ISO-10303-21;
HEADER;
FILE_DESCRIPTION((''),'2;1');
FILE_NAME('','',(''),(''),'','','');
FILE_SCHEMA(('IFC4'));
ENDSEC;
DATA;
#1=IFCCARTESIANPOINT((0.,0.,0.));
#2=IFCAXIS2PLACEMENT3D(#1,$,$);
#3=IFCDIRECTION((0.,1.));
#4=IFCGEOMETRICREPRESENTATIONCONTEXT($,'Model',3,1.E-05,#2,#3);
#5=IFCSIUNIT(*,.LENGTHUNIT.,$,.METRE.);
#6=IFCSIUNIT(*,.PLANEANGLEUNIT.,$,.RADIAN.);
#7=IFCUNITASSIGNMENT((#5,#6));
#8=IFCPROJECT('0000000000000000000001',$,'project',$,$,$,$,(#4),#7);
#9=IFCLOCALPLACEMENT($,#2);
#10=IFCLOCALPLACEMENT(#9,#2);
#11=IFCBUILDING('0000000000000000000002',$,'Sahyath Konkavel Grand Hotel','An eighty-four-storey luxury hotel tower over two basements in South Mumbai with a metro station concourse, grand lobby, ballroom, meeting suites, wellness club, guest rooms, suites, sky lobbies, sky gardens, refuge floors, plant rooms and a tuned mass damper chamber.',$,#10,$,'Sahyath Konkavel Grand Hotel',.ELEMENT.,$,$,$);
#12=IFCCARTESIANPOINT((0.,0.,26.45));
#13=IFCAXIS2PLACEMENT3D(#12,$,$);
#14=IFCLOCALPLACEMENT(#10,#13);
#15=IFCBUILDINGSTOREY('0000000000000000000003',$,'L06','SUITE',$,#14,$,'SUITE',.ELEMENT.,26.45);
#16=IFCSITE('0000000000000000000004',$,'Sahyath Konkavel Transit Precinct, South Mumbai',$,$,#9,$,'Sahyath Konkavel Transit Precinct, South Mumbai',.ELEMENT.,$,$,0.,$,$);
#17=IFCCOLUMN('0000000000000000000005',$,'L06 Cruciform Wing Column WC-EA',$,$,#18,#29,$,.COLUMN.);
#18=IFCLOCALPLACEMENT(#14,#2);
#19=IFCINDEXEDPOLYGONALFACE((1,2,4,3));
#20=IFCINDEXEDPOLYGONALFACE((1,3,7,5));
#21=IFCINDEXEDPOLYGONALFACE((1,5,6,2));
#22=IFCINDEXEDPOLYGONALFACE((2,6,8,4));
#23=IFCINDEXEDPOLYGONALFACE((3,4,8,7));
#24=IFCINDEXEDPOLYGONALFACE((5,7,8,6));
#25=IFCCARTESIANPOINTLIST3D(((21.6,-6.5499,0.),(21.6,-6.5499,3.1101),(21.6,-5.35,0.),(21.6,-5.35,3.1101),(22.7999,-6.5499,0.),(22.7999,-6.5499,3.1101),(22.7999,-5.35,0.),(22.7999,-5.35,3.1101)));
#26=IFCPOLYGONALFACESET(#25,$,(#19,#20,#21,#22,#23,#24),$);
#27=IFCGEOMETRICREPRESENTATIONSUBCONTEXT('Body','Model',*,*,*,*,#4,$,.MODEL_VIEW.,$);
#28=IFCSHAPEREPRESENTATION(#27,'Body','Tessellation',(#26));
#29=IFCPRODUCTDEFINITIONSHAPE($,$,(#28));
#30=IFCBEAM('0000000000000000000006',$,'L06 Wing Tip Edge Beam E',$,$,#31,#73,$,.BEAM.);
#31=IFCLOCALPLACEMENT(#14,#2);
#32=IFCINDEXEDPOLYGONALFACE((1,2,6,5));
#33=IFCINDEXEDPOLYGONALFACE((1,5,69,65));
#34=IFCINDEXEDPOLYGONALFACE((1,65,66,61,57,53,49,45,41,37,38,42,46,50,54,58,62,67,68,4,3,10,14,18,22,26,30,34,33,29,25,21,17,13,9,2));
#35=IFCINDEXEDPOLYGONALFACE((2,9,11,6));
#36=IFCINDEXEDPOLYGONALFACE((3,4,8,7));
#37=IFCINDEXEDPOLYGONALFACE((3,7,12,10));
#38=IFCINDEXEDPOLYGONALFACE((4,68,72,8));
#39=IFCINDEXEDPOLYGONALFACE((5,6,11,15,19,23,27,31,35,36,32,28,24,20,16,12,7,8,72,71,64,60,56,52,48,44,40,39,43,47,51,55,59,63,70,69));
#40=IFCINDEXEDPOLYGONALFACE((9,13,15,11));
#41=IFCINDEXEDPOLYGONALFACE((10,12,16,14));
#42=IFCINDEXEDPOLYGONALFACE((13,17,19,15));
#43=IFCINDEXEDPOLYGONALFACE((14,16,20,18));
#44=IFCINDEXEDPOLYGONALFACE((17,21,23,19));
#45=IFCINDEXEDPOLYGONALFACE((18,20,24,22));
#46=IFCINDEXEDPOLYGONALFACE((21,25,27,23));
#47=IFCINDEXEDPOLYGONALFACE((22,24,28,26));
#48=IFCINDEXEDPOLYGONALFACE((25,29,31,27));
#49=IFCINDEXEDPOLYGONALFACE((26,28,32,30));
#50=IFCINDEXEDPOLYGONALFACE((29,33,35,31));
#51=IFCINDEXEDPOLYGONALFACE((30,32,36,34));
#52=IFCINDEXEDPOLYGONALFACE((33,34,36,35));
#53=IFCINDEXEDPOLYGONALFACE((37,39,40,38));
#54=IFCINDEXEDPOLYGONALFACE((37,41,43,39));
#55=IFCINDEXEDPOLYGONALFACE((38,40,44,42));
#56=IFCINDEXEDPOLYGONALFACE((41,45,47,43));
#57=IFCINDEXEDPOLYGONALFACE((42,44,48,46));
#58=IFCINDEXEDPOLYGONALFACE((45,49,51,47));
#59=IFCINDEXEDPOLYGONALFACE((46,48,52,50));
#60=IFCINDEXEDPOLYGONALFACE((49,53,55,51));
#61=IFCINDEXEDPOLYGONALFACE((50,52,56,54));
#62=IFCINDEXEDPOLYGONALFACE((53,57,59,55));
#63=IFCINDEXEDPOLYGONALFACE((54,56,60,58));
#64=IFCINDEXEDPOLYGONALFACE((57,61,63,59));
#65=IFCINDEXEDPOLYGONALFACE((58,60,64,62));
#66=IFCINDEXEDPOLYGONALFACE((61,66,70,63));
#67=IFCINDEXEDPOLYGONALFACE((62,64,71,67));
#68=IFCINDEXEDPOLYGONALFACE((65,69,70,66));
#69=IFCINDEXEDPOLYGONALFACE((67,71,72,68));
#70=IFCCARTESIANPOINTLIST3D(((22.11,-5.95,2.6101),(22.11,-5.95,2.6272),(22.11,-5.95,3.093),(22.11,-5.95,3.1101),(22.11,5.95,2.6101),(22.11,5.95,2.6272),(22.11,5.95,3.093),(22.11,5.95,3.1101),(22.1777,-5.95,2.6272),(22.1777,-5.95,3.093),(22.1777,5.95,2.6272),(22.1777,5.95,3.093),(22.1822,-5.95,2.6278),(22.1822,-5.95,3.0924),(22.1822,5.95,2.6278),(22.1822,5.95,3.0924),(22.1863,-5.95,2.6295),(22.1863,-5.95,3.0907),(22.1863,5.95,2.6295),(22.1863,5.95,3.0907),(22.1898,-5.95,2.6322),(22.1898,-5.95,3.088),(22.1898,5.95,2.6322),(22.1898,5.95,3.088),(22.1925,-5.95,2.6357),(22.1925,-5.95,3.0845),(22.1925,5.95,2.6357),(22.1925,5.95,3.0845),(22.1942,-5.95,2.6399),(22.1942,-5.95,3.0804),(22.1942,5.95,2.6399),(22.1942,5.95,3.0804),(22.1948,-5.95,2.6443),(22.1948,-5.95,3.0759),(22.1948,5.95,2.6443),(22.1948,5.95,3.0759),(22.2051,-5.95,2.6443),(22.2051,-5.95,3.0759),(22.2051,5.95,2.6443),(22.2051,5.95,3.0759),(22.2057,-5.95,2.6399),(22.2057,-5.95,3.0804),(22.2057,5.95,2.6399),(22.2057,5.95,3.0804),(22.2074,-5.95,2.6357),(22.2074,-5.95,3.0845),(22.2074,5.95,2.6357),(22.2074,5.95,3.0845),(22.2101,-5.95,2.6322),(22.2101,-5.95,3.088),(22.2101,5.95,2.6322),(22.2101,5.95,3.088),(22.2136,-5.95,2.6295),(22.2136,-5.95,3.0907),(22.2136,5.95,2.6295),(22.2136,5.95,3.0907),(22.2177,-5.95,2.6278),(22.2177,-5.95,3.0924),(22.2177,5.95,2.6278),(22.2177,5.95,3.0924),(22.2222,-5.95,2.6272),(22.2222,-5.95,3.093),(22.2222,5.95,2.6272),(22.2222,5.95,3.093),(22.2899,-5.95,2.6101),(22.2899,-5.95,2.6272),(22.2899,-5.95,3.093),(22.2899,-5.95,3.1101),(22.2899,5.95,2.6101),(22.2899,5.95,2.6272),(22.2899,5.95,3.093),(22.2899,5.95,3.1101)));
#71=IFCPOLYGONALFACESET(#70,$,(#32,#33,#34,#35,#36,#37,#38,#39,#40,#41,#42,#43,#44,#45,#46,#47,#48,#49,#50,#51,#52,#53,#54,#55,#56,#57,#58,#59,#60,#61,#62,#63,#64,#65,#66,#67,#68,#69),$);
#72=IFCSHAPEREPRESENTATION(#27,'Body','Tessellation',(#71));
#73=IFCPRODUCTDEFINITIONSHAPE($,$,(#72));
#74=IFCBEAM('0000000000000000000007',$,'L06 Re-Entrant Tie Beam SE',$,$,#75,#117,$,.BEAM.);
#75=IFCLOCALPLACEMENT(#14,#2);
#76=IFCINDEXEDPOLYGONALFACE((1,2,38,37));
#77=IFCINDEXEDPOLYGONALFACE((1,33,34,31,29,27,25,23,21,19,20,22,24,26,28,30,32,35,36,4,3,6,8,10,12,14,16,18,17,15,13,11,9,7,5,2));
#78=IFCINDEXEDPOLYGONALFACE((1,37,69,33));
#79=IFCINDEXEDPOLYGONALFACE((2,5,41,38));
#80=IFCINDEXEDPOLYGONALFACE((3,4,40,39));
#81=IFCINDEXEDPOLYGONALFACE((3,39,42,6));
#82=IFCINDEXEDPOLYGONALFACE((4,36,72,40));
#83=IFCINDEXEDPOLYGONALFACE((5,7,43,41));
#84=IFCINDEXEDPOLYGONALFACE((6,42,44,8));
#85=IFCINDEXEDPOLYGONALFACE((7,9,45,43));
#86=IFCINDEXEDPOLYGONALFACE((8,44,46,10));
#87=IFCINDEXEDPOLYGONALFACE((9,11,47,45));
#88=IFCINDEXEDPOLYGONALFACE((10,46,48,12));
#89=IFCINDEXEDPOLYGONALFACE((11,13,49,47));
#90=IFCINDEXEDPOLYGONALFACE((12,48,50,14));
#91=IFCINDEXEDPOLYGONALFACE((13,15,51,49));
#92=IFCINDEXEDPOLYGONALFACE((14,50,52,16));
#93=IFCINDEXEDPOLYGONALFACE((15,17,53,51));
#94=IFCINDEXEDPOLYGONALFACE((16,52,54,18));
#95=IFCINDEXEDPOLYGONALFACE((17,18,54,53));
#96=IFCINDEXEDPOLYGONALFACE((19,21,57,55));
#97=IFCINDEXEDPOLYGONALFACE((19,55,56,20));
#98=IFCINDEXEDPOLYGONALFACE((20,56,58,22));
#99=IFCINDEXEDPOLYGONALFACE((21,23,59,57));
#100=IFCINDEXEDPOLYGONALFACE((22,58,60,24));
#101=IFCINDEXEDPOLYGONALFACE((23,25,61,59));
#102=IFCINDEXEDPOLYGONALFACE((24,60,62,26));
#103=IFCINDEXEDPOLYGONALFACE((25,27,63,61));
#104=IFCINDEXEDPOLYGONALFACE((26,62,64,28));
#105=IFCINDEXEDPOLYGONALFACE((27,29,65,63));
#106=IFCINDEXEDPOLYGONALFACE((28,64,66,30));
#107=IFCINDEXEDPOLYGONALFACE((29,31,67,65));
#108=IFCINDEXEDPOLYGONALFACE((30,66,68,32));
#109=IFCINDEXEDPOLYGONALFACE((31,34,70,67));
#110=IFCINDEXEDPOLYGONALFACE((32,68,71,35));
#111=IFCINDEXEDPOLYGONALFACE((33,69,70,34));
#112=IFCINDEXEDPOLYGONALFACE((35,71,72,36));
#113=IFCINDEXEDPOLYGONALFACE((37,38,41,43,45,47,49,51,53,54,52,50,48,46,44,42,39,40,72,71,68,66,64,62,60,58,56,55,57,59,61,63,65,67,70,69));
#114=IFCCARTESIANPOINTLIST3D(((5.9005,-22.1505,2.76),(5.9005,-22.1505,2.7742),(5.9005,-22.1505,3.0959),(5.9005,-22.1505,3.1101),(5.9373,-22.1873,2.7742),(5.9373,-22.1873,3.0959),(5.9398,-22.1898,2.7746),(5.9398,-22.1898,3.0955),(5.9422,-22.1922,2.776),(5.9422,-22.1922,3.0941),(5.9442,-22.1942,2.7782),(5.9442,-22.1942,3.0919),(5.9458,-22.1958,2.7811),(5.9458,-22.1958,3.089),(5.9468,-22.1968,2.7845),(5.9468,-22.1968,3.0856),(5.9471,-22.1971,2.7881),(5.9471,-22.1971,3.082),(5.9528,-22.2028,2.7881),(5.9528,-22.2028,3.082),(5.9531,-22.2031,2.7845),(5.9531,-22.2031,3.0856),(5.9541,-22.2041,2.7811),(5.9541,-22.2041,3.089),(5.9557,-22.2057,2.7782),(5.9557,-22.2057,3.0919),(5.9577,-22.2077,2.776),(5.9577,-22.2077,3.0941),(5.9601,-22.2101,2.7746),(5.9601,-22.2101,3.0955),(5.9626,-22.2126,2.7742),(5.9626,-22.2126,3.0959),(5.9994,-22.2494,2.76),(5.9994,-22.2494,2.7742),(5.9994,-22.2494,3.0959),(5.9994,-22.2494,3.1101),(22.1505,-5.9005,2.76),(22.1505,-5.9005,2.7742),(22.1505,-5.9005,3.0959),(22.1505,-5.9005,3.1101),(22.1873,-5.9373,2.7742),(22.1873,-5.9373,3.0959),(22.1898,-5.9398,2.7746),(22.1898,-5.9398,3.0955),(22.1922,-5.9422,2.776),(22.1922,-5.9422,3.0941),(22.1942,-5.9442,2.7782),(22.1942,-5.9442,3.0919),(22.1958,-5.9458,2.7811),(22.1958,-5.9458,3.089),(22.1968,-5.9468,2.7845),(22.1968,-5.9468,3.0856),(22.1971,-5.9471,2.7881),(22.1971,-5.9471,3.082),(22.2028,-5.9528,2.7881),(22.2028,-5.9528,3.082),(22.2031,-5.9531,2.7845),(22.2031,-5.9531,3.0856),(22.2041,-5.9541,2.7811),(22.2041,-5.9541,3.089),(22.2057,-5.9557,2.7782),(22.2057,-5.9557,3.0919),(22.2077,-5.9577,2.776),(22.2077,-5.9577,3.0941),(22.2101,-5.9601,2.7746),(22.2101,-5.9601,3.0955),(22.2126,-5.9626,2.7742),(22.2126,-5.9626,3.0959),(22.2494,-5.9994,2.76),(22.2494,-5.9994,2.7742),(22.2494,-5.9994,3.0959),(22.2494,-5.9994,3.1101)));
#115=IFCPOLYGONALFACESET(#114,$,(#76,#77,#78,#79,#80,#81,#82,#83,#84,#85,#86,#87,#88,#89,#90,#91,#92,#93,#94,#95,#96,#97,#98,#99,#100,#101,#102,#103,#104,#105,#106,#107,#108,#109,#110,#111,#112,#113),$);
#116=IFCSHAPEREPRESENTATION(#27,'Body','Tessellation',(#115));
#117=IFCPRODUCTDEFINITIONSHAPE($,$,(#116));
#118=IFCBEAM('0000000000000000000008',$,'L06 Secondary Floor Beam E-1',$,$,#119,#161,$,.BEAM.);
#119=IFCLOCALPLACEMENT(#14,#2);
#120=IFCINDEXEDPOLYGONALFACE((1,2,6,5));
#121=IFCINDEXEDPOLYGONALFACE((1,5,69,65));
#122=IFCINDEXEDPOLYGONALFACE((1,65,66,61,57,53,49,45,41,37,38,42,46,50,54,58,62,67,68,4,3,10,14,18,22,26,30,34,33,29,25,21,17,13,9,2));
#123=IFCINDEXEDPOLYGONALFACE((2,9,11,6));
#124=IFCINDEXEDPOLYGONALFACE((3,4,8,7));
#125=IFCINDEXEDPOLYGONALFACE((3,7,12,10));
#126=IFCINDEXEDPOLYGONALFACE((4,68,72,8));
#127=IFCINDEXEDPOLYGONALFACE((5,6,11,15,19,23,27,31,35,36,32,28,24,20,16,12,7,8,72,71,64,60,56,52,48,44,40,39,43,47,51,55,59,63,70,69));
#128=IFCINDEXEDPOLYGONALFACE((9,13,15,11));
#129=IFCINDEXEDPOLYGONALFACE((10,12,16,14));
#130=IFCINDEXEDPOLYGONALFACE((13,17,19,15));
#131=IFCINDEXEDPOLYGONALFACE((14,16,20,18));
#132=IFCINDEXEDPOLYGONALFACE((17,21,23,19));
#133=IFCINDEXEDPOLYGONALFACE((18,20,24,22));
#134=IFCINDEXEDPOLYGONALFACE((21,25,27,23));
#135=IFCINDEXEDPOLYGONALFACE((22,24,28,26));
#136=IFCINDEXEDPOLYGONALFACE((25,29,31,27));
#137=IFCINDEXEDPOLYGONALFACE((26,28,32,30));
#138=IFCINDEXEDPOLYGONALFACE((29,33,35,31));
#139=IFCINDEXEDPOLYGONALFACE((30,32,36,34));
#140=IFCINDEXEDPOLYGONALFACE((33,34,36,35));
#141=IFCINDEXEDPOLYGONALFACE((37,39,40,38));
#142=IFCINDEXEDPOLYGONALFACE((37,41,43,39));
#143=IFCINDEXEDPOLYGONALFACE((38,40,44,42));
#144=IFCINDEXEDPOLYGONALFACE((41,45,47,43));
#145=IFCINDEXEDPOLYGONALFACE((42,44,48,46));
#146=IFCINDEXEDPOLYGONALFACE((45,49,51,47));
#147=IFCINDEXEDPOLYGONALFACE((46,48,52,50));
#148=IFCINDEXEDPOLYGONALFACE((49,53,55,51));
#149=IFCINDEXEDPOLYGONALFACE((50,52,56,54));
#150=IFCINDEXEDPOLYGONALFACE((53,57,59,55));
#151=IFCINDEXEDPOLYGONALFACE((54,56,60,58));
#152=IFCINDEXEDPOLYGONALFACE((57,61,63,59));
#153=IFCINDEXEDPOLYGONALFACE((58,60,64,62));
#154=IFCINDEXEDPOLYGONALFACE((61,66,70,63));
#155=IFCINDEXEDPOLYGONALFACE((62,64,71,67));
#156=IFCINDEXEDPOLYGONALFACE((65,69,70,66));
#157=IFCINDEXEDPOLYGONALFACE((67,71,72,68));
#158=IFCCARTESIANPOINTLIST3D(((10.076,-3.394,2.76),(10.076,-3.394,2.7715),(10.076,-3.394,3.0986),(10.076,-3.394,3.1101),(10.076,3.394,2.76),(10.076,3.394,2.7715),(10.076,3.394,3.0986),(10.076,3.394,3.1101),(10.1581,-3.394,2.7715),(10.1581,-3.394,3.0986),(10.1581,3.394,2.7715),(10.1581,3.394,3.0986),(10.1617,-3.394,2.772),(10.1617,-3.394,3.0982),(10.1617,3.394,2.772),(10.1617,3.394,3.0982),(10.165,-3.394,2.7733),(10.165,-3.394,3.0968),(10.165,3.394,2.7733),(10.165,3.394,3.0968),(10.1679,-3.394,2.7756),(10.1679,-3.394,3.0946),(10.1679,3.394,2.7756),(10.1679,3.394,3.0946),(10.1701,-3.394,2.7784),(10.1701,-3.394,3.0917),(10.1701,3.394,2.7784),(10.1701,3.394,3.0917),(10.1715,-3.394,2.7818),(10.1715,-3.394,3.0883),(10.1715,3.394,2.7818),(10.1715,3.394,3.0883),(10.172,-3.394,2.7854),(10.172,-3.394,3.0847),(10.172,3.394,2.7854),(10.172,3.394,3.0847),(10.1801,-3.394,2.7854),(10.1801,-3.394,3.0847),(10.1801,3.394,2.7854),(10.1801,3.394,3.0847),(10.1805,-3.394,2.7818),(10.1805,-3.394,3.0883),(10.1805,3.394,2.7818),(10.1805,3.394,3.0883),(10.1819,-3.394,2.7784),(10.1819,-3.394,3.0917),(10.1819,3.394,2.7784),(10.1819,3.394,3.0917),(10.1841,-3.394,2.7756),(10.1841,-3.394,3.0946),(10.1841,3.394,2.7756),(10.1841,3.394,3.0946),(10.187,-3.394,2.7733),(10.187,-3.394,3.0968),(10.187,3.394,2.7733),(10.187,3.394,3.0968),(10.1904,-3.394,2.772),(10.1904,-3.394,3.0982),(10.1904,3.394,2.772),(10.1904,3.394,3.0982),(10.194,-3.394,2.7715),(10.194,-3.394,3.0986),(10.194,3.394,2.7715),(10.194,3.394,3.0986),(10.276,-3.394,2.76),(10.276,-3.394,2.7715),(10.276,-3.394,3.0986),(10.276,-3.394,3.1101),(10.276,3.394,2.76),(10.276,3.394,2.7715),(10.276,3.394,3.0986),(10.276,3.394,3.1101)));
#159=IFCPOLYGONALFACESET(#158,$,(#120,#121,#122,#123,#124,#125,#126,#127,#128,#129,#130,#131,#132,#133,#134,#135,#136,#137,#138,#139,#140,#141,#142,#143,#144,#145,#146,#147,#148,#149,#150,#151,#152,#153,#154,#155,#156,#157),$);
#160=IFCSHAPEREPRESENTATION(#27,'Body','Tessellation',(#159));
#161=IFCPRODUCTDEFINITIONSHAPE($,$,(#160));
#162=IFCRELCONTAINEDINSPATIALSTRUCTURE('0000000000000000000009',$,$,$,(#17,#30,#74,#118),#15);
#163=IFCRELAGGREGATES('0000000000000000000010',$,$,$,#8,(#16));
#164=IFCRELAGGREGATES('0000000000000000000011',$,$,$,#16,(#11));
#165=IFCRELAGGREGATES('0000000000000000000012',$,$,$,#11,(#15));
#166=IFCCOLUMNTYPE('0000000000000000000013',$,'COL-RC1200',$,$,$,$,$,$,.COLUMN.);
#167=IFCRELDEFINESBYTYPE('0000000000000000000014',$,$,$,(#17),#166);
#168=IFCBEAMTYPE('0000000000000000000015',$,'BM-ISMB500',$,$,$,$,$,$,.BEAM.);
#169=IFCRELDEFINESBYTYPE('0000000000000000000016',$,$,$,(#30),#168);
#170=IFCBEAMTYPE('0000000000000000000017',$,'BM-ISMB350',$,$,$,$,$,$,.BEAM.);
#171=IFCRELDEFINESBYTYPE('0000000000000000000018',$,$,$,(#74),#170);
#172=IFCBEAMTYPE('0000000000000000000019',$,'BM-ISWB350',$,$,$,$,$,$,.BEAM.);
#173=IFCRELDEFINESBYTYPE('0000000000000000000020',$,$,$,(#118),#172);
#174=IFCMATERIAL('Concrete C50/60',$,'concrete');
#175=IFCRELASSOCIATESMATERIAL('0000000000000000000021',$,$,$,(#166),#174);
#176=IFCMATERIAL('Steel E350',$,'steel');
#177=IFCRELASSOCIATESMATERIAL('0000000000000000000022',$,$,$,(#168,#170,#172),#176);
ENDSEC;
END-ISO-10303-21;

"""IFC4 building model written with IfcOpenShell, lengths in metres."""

from ifc_helpers import new_model, si_unit, direction, frame, origin, origin_2d, place, context, subcontext, project, spatial, rectangle, i_section, extrude, source, transform, mapped, material, material_profile, profile_set, type_object, element, save


model = new_model("IFC4")

# Units and contexts
model_context = context("Model", 3, precision=1e-05, world=origin(), true_north=direction((0.0, 1.0)))
body_context = subcontext(model_context, "Body", "Model", "MODEL_VIEW")
ifc_project = project(units=[si_unit("LENGTHUNIT", "METRE"), si_unit("PLANEANGLEUNIT", "RADIAN")], contexts=[model_context])

# Site, building, storey
site_placement = place(None, origin())
site = spatial("IfcSite", under=ifc_project, at=site_placement, Name="Sahyath Konkavel Transit Precinct, South Mumbai", LongName="Sahyath Konkavel Transit Precinct, South Mumbai", CompositionType="ELEMENT", RefElevation=0.0)
building_placement = place(site_placement, origin())
building = spatial("IfcBuilding", under=site, at=building_placement, Name="Sahyath Konkavel Grand Hotel", Description="An eighty-four-storey luxury hotel tower over two basements in South Mumbai with a metro station concourse, grand lobby, ballroom, meeting suites, wellness club, guest rooms, suites, sky lobbies, sky gardens, refuge floors, plant rooms and a tuned mass damper chamber.", LongName="Sahyath Konkavel Grand Hotel", CompositionType="ELEMENT")
storey_placement = place(building_placement, frame((0.0, 0.0, 26.45)))
storey = spatial("IfcBuildingStorey", under=building, at=storey_placement, Name="L06", Description="SUITE", LongName="SUITE", CompositionType="ELEMENT", Elevation=26.45)

# Column
ifc_material_1 = material(Name="Concrete C50/60", Category="concrete")
ifc_material_profile_1 = material_profile(ifc_material_1, rectangle(XDim=1.2, YDim=1.2, at=origin_2d()), Name="RC 1200x1200")
ifc_profile_set_1 = profile_set([ifc_material_profile_1], Name="Concrete C50/60")
column_type = type_object("IfcColumnType", Name="COL-RC1200", PredefinedType="COLUMN", material=ifc_profile_set_1)
shared_shape_1 = source(origin(), body_context, "Body", "SweptSolid", [
    extrude(rectangle(XDim=1.2, YDim=1.2, at=origin_2d()), origin(), (0.0, 0.0, 1.0), 3.1101),
])
column_placement = place(storey_placement, frame((22.2, -5.95, 0.0), z_axis=(0.0, 0.0, 1.0), x_axis=(1.0, 0.0, 0.0)))
element("IfcColumn", 1, at=column_placement, inside=storey, type_object=column_type, Name="L06 Cruciform Wing Column WC-EA", PredefinedType="COLUMN", context=body_context, shape_type="MappedRepresentation", body=[
    mapped(shared_shape_1, transform((0.0, 0.0, 0.0), scale=1.0)),
])

# Beams
ifc_material_2 = material(Name="Steel E350", Category="steel")
ifc_material_profile_2 = material_profile(ifc_material_2, i_section(OverallWidth=0.1799, OverallDepth=0.5, WebThickness=0.0103, FlangeThickness=0.0171, FilletRadius=0.0171, at=origin_2d()), Name="ISMB 500")
ifc_profile_set_2 = profile_set([ifc_material_profile_2], Name="Steel E350")
beam_type_1 = type_object("IfcBeamType", Name="BM-ISMB500", PredefinedType="BEAM", material=ifc_profile_set_2)
shared_shape_2 = source(origin(), body_context, "Body", "SweptSolid", [
    extrude(i_section(OverallWidth=0.1799, OverallDepth=0.5, WebThickness=0.0103, FlangeThickness=0.0171, FilletRadius=0.0171, at=origin_2d()), origin(), (0.0, 0.0, 1.0), 11.8999),
])
beam_1_placement = place(storey_placement, frame((22.2, -5.95, 2.8601), z_axis=(0.0, 1.0, 0.0), x_axis=(-1.0, 0.0, 0.0)))
element("IfcBeam", 2, at=beam_1_placement, inside=storey, type_object=beam_type_1, Name="L06 Wing Tip Edge Beam E", PredefinedType="BEAM", context=body_context, shape_type="MappedRepresentation", body=[
    mapped(shared_shape_2, transform((0.0, 0.0, 0.0), scale=1.0)),
])
ifc_material_profile_3 = material_profile(ifc_material_2, i_section(OverallWidth=0.1399, OverallDepth=0.3501, WebThickness=0.0081, FlangeThickness=0.0142, FilletRadius=0.0139, at=origin_2d()), Name="ISMB 350")
ifc_profile_set_3 = profile_set([ifc_material_profile_3], Name="Steel E350")
beam_type_2 = type_object("IfcBeamType", Name="BM-ISMB350", PredefinedType="BEAM", material=ifc_profile_set_3)
shared_shape_3 = source(origin(), body_context, "Body", "SweptSolid", [
    extrude(i_section(OverallWidth=0.1399, OverallDepth=0.3501, WebThickness=0.0081, FlangeThickness=0.0142, FilletRadius=0.0139, at=origin_2d()), origin(), (0.0, 0.0, 1.0), 22.981),
])
beam_2_placement = place(storey_placement, frame((22.2, -5.95, 2.9351), z_axis=(-0.707107, -0.707107, 0.0), x_axis=(0.707107, -0.707107, 0.0)))
element("IfcBeam", 3, at=beam_2_placement, inside=storey, type_object=beam_type_2, Name="L06 Re-Entrant Tie Beam SE", PredefinedType="BEAM", context=body_context, shape_type="MappedRepresentation", body=[
    mapped(shared_shape_3, transform((0.0, 0.0, 0.0), scale=1.0)),
])
ifc_material_profile_4 = material_profile(ifc_material_2, i_section(OverallWidth=0.2, OverallDepth=0.3501, WebThickness=0.0081, FlangeThickness=0.0115, FilletRadius=0.0139, at=origin_2d()), Name="ISWB 350")
ifc_profile_set_4 = profile_set([ifc_material_profile_4], Name="Steel E350")
beam_type_3 = type_object("IfcBeamType", Name="BM-ISWB350", PredefinedType="BEAM", material=ifc_profile_set_4)
shared_shape_4 = source(origin(), body_context, "Body", "SweptSolid", [
    extrude(i_section(OverallWidth=0.2, OverallDepth=0.3501, WebThickness=0.0081, FlangeThickness=0.0115, FilletRadius=0.0139, at=origin_2d()), origin(), (0.0, 0.0, 1.0), 6.7881),
])
beam_3_placement = place(storey_placement, frame((10.176, -3.394, 2.9351), z_axis=(0.0, 1.0, 0.0), x_axis=(-1.0, 0.0, 0.0)))
element("IfcBeam", 4, at=beam_3_placement, inside=storey, type_object=beam_type_3, Name="L06 Secondary Floor Beam E-1", PredefinedType="BEAM", context=body_context, shape_type="MappedRepresentation", body=[
    mapped(shared_shape_4, transform((0.0, 0.0, 0.0), scale=1.0)),
])

save(model, "model.ifc")
